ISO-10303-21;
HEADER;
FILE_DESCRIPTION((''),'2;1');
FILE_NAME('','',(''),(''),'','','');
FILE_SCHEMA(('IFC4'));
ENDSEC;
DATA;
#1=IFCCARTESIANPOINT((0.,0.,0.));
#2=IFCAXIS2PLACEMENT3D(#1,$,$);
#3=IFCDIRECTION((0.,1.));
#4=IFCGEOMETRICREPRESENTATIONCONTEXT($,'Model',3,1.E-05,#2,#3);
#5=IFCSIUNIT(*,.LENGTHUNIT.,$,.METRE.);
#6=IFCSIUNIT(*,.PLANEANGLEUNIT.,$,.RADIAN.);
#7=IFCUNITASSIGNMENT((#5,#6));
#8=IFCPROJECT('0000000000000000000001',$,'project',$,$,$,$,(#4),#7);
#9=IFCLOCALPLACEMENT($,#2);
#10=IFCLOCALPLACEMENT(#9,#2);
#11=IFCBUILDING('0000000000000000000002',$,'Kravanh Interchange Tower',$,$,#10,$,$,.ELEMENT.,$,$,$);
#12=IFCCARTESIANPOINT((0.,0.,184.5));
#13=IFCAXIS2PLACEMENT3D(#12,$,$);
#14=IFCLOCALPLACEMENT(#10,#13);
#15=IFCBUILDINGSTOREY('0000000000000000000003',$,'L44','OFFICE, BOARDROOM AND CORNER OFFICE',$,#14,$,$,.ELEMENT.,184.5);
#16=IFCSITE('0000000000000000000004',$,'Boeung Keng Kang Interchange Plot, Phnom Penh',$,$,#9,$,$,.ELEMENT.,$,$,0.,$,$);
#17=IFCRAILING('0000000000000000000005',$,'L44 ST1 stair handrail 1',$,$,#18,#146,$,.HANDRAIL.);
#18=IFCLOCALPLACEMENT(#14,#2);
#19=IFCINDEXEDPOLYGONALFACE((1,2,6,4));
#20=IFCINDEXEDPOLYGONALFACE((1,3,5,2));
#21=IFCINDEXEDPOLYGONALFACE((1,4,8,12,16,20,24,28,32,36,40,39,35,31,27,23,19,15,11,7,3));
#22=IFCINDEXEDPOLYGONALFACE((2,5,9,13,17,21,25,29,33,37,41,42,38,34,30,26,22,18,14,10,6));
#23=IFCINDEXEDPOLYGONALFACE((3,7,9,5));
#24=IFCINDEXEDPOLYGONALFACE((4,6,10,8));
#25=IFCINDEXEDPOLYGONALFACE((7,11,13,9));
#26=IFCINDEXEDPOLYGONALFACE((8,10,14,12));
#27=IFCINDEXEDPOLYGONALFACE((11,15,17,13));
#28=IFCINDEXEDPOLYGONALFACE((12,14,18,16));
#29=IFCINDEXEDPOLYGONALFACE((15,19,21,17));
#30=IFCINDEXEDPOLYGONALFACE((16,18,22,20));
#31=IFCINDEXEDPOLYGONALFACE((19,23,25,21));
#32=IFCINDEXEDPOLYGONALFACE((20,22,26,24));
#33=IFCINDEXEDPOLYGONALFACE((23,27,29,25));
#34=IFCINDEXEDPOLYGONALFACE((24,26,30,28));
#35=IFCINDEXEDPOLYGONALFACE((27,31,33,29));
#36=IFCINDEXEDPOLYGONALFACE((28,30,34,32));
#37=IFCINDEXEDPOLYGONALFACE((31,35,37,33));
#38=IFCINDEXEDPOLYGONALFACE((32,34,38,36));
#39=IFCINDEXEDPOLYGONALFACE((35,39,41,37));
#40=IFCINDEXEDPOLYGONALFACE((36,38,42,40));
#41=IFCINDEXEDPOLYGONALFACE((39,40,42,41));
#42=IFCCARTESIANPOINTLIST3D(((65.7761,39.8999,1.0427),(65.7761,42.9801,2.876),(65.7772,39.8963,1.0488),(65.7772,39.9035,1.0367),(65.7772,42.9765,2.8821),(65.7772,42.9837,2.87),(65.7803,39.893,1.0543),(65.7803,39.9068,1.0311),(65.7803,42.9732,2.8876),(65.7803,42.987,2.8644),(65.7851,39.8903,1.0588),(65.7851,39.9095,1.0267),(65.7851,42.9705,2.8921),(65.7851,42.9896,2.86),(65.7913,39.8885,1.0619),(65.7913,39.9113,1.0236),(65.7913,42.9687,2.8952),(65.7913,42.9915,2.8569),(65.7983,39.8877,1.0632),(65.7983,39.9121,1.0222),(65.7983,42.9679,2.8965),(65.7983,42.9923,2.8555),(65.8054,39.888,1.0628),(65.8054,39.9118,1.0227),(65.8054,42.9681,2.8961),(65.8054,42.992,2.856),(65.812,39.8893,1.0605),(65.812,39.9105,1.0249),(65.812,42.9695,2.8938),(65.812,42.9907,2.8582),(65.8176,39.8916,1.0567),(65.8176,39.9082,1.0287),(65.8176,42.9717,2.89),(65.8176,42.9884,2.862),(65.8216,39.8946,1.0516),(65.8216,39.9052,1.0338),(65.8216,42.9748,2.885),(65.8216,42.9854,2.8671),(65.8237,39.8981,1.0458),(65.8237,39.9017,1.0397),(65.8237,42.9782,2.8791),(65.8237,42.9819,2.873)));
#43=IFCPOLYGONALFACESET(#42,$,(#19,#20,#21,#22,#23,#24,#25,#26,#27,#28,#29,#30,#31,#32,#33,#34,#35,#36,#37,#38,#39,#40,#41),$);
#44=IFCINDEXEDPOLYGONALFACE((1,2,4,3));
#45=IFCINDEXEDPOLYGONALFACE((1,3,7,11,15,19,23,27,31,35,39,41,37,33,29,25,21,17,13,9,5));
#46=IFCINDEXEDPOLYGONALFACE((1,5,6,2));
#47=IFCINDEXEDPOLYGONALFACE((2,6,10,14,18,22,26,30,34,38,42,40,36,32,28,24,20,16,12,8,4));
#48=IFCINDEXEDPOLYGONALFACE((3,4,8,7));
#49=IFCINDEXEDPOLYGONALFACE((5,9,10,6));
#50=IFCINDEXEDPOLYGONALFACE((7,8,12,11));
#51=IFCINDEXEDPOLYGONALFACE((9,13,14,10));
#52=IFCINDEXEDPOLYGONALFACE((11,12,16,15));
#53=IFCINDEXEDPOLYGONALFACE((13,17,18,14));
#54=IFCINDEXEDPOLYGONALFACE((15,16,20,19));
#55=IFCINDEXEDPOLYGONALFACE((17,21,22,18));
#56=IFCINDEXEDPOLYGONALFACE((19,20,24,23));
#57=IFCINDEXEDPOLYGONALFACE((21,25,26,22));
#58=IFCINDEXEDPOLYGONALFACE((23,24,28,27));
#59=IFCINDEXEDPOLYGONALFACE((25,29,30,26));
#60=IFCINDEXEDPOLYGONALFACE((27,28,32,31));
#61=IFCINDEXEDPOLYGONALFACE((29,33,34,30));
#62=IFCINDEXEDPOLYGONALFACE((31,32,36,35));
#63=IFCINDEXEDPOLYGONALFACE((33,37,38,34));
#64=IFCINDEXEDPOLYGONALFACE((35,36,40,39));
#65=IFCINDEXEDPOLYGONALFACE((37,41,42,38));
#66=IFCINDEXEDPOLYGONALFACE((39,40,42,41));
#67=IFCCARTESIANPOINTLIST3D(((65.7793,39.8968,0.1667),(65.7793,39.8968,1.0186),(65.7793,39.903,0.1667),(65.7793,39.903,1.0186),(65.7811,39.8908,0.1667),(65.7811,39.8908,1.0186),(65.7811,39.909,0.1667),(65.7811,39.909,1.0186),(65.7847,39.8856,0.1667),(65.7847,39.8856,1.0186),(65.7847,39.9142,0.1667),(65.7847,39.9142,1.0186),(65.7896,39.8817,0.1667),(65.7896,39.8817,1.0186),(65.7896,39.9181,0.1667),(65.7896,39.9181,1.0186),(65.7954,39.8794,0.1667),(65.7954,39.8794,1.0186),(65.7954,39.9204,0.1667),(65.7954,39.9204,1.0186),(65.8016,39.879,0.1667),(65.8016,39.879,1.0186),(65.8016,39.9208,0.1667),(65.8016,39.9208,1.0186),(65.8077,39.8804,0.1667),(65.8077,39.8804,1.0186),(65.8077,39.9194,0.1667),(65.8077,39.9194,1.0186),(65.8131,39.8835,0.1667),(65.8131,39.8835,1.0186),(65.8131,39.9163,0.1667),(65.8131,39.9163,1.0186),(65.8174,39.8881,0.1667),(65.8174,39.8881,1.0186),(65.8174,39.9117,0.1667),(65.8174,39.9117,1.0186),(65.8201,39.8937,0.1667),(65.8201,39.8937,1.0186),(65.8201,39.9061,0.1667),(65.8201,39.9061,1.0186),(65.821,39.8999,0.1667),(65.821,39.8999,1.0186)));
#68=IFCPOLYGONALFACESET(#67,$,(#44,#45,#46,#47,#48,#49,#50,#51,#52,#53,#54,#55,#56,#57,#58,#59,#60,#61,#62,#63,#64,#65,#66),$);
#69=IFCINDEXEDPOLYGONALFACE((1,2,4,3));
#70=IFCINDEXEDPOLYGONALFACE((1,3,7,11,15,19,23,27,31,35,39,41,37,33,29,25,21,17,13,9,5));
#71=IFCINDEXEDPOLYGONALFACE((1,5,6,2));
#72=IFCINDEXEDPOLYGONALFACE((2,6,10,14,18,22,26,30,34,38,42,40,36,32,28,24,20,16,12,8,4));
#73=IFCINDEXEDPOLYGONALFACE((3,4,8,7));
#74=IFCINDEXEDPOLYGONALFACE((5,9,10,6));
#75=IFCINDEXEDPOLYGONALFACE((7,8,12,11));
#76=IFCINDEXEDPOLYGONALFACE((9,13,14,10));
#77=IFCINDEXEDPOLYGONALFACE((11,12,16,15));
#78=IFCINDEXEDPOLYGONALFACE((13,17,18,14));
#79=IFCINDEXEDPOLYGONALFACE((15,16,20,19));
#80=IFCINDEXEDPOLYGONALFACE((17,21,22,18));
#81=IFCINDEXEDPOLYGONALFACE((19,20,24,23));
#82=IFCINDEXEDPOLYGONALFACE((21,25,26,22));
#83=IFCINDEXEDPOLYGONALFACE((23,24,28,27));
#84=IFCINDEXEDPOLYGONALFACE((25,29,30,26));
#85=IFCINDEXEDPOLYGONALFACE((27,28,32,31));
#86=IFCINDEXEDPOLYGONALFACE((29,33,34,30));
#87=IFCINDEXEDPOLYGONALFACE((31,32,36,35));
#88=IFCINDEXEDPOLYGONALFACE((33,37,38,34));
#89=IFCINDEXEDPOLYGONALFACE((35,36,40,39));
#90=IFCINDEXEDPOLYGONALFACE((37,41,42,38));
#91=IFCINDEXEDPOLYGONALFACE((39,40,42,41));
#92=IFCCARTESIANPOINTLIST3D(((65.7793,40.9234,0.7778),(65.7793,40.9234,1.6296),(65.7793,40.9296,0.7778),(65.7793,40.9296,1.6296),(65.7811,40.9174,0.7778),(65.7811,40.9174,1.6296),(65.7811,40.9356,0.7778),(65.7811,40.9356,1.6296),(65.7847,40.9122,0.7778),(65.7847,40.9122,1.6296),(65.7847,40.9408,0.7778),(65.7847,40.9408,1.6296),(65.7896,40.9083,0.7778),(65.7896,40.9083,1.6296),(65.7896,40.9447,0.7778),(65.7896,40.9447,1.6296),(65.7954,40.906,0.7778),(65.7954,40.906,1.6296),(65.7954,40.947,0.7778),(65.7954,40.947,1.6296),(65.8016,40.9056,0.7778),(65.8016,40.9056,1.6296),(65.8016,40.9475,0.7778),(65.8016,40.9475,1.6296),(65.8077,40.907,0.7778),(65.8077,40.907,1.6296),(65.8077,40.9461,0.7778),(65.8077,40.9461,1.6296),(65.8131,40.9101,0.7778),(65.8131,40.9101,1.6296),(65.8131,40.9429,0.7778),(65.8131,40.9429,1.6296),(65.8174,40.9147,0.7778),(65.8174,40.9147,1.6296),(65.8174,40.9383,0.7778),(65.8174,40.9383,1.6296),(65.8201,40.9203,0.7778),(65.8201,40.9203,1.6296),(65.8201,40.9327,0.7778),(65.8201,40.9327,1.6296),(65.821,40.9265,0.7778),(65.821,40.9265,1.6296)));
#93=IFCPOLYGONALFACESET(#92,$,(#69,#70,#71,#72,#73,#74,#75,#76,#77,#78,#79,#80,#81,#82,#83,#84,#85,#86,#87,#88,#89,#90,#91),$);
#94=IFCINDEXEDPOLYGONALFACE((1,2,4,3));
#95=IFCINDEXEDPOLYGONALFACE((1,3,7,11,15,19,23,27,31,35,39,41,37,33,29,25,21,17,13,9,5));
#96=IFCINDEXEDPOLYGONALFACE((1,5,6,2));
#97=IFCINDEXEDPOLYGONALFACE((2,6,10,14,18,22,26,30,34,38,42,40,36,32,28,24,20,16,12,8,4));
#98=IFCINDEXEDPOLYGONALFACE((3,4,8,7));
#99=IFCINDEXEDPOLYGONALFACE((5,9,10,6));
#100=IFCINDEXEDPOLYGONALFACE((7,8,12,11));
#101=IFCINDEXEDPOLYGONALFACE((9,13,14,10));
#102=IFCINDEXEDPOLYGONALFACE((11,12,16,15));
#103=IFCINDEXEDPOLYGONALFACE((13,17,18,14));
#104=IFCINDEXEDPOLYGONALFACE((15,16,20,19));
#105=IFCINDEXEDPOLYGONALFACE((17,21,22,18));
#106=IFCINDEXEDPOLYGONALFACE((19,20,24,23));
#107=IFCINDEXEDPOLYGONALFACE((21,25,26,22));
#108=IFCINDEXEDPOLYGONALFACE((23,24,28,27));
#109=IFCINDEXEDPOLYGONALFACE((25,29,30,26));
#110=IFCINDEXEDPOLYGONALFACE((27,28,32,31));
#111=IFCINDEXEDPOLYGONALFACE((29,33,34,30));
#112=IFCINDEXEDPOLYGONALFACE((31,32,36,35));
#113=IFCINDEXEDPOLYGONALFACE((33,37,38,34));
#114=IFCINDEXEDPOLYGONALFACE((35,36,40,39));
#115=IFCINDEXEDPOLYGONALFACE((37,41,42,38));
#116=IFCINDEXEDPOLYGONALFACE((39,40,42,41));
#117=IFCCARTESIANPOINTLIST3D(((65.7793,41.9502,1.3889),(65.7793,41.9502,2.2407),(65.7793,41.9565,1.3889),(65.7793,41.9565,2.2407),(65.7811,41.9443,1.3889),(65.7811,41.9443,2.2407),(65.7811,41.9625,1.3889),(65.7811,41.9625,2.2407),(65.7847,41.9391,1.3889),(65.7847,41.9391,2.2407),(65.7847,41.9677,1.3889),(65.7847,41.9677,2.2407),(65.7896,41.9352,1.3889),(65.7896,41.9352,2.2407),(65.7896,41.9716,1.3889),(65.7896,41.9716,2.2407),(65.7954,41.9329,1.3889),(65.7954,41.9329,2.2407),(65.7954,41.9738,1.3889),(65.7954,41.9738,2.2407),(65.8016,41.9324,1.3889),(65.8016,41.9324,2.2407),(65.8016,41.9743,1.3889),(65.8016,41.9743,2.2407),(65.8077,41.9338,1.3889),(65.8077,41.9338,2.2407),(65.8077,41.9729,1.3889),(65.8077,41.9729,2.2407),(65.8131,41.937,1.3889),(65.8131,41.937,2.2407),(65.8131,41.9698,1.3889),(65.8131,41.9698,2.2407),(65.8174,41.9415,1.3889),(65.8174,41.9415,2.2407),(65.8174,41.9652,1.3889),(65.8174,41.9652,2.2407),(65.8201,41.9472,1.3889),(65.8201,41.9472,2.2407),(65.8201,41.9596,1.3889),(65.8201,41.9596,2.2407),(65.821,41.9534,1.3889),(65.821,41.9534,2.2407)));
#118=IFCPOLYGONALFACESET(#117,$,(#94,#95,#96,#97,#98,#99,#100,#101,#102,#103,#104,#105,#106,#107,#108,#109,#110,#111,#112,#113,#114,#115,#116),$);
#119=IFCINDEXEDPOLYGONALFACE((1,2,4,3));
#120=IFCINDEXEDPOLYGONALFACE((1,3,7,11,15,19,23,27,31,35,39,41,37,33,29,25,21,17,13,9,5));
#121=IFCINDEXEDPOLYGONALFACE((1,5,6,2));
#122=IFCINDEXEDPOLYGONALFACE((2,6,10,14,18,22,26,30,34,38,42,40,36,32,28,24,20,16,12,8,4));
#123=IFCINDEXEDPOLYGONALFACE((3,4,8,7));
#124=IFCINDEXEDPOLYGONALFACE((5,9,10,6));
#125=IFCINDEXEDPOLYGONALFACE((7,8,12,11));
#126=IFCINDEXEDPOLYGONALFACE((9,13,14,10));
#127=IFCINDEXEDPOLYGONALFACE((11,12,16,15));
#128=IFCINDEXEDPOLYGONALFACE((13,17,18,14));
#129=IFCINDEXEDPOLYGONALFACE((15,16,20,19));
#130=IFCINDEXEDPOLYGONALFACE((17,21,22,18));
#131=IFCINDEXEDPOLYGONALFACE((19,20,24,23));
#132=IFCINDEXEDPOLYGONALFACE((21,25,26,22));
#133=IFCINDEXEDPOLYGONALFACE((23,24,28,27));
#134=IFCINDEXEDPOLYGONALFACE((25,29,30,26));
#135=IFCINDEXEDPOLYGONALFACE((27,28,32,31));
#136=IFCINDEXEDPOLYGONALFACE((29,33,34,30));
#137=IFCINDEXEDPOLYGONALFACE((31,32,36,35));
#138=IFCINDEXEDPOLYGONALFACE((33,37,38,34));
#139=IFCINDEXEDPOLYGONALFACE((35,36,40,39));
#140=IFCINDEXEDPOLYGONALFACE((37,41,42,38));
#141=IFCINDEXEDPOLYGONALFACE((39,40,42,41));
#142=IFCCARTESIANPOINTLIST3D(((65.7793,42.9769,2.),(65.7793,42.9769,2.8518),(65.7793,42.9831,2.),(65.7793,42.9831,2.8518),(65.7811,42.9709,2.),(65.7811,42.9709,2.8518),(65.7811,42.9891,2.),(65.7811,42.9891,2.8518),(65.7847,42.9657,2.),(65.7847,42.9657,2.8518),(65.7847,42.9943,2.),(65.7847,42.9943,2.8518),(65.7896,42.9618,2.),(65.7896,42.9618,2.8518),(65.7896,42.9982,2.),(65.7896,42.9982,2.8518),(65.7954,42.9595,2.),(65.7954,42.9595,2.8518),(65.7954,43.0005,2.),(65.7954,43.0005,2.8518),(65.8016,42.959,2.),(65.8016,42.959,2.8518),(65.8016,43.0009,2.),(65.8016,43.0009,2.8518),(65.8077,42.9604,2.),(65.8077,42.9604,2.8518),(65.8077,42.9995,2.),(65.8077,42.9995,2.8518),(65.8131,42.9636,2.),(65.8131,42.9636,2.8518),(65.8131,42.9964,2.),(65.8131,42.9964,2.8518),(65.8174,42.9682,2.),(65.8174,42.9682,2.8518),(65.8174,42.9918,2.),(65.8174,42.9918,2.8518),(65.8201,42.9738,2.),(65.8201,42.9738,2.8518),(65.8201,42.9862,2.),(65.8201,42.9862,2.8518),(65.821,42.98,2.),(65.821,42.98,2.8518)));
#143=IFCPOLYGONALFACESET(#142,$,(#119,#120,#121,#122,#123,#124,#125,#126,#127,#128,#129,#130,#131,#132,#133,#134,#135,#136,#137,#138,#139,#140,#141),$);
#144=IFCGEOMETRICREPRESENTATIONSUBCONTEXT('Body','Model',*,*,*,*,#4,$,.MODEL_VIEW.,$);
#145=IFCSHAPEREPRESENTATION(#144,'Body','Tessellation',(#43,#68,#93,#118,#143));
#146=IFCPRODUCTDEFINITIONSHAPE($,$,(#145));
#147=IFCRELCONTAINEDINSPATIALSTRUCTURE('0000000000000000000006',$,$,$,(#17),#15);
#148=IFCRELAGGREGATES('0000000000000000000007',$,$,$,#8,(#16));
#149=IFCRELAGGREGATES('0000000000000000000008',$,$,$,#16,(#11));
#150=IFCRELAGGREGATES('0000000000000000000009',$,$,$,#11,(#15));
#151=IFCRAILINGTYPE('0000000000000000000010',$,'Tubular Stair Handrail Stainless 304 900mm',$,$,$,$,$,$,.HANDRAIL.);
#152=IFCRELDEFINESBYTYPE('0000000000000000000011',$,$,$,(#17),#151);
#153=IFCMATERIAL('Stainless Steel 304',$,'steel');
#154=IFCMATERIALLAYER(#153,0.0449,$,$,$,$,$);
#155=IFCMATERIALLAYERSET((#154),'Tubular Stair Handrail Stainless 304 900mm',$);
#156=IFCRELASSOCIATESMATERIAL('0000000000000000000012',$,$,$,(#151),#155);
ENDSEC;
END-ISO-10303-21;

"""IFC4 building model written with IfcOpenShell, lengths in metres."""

from ifc_helpers import new_model, si_unit, direction, frame, origin, origin_2d, place, context, subcontext, project, spatial, circle, extrude, material, layer, layer_set, type_object, element, save


model = new_model("IFC4")

# Units and contexts
model_context = context("Model", 3, precision=1e-05, world=origin(), true_north=direction((0.0, 1.0)))
body_context = subcontext(model_context, "Body", "Model", "MODEL_VIEW")
ifc_project = project(units=[si_unit("LENGTHUNIT", "METRE"), si_unit("PLANEANGLEUNIT", "RADIAN")], contexts=[model_context])

# Site, building, storey
site_placement = place(None, origin())
site = spatial("IfcSite", under=ifc_project, at=site_placement, Name="Boeung Keng Kang Interchange Plot, Phnom Penh", CompositionType="ELEMENT", RefElevation=0.0)
building_placement = place(site_placement, origin())
building = spatial("IfcBuilding", under=site, at=building_placement, Name="Kravanh Interchange Tower", CompositionType="ELEMENT")
storey_placement = place(building_placement, frame((0.0, 0.0, 184.5)))
storey = spatial("IfcBuildingStorey", under=building, at=storey_placement, Name="L44", Description="OFFICE, BOARDROOM AND CORNER OFFICE", CompositionType="ELEMENT", Elevation=184.5)

# Railing
ifc_material_1 = material(Name="Stainless Steel 304", Category="steel")
ifc_layer_1 = layer(ifc_material_1, 0.0449)
ifc_layer_set_1 = layer_set([ifc_layer_1], Name="Tubular Stair Handrail Stainless 304 900mm")
railing_type_1 = type_object("IfcRailingType", Name="Tubular Stair Handrail Stainless 304 900mm", PredefinedType="HANDRAIL", material=ifc_layer_set_1)
railing_1_placement = place(storey_placement, frame((65.8, 39.8999, 0.1667)))
element("IfcRailing", 1, at=railing_1_placement, inside=storey, type_object=railing_type_1, Name="L44 ST1 stair handrail 1", PredefinedType="HANDRAIL", context=body_context, shape_type="SweptSolid", body=[
    extrude(circle(Radius=0.0239, at=origin_2d()), frame((0.0, 0.0, 0.876), z_axis=(0.0, 0.859309, 0.511458), x_axis=(-1.0, 0.0, 0.0)), (0.0, 0.0, 1.0), 3.5845),
    extrude(circle(Radius=0.021, at=origin_2d()), origin(), (0.0, 0.0, 1.0), 0.8518),
    extrude(circle(Radius=0.021, at=origin_2d()), frame((0.0, 1.0266, 0.6111)), (0.0, 0.0, 1.0), 0.8518),
    extrude(circle(Radius=0.021, at=origin_2d()), frame((0.0, 2.0535, 1.2222)), (0.0, 0.0, 1.0), 0.8518),
    extrude(circle(Radius=0.021, at=origin_2d()), frame((0.0, 3.0801, 1.8333)), (0.0, 0.0, 1.0), 0.8518),
])

save(model, "model.ifc")
